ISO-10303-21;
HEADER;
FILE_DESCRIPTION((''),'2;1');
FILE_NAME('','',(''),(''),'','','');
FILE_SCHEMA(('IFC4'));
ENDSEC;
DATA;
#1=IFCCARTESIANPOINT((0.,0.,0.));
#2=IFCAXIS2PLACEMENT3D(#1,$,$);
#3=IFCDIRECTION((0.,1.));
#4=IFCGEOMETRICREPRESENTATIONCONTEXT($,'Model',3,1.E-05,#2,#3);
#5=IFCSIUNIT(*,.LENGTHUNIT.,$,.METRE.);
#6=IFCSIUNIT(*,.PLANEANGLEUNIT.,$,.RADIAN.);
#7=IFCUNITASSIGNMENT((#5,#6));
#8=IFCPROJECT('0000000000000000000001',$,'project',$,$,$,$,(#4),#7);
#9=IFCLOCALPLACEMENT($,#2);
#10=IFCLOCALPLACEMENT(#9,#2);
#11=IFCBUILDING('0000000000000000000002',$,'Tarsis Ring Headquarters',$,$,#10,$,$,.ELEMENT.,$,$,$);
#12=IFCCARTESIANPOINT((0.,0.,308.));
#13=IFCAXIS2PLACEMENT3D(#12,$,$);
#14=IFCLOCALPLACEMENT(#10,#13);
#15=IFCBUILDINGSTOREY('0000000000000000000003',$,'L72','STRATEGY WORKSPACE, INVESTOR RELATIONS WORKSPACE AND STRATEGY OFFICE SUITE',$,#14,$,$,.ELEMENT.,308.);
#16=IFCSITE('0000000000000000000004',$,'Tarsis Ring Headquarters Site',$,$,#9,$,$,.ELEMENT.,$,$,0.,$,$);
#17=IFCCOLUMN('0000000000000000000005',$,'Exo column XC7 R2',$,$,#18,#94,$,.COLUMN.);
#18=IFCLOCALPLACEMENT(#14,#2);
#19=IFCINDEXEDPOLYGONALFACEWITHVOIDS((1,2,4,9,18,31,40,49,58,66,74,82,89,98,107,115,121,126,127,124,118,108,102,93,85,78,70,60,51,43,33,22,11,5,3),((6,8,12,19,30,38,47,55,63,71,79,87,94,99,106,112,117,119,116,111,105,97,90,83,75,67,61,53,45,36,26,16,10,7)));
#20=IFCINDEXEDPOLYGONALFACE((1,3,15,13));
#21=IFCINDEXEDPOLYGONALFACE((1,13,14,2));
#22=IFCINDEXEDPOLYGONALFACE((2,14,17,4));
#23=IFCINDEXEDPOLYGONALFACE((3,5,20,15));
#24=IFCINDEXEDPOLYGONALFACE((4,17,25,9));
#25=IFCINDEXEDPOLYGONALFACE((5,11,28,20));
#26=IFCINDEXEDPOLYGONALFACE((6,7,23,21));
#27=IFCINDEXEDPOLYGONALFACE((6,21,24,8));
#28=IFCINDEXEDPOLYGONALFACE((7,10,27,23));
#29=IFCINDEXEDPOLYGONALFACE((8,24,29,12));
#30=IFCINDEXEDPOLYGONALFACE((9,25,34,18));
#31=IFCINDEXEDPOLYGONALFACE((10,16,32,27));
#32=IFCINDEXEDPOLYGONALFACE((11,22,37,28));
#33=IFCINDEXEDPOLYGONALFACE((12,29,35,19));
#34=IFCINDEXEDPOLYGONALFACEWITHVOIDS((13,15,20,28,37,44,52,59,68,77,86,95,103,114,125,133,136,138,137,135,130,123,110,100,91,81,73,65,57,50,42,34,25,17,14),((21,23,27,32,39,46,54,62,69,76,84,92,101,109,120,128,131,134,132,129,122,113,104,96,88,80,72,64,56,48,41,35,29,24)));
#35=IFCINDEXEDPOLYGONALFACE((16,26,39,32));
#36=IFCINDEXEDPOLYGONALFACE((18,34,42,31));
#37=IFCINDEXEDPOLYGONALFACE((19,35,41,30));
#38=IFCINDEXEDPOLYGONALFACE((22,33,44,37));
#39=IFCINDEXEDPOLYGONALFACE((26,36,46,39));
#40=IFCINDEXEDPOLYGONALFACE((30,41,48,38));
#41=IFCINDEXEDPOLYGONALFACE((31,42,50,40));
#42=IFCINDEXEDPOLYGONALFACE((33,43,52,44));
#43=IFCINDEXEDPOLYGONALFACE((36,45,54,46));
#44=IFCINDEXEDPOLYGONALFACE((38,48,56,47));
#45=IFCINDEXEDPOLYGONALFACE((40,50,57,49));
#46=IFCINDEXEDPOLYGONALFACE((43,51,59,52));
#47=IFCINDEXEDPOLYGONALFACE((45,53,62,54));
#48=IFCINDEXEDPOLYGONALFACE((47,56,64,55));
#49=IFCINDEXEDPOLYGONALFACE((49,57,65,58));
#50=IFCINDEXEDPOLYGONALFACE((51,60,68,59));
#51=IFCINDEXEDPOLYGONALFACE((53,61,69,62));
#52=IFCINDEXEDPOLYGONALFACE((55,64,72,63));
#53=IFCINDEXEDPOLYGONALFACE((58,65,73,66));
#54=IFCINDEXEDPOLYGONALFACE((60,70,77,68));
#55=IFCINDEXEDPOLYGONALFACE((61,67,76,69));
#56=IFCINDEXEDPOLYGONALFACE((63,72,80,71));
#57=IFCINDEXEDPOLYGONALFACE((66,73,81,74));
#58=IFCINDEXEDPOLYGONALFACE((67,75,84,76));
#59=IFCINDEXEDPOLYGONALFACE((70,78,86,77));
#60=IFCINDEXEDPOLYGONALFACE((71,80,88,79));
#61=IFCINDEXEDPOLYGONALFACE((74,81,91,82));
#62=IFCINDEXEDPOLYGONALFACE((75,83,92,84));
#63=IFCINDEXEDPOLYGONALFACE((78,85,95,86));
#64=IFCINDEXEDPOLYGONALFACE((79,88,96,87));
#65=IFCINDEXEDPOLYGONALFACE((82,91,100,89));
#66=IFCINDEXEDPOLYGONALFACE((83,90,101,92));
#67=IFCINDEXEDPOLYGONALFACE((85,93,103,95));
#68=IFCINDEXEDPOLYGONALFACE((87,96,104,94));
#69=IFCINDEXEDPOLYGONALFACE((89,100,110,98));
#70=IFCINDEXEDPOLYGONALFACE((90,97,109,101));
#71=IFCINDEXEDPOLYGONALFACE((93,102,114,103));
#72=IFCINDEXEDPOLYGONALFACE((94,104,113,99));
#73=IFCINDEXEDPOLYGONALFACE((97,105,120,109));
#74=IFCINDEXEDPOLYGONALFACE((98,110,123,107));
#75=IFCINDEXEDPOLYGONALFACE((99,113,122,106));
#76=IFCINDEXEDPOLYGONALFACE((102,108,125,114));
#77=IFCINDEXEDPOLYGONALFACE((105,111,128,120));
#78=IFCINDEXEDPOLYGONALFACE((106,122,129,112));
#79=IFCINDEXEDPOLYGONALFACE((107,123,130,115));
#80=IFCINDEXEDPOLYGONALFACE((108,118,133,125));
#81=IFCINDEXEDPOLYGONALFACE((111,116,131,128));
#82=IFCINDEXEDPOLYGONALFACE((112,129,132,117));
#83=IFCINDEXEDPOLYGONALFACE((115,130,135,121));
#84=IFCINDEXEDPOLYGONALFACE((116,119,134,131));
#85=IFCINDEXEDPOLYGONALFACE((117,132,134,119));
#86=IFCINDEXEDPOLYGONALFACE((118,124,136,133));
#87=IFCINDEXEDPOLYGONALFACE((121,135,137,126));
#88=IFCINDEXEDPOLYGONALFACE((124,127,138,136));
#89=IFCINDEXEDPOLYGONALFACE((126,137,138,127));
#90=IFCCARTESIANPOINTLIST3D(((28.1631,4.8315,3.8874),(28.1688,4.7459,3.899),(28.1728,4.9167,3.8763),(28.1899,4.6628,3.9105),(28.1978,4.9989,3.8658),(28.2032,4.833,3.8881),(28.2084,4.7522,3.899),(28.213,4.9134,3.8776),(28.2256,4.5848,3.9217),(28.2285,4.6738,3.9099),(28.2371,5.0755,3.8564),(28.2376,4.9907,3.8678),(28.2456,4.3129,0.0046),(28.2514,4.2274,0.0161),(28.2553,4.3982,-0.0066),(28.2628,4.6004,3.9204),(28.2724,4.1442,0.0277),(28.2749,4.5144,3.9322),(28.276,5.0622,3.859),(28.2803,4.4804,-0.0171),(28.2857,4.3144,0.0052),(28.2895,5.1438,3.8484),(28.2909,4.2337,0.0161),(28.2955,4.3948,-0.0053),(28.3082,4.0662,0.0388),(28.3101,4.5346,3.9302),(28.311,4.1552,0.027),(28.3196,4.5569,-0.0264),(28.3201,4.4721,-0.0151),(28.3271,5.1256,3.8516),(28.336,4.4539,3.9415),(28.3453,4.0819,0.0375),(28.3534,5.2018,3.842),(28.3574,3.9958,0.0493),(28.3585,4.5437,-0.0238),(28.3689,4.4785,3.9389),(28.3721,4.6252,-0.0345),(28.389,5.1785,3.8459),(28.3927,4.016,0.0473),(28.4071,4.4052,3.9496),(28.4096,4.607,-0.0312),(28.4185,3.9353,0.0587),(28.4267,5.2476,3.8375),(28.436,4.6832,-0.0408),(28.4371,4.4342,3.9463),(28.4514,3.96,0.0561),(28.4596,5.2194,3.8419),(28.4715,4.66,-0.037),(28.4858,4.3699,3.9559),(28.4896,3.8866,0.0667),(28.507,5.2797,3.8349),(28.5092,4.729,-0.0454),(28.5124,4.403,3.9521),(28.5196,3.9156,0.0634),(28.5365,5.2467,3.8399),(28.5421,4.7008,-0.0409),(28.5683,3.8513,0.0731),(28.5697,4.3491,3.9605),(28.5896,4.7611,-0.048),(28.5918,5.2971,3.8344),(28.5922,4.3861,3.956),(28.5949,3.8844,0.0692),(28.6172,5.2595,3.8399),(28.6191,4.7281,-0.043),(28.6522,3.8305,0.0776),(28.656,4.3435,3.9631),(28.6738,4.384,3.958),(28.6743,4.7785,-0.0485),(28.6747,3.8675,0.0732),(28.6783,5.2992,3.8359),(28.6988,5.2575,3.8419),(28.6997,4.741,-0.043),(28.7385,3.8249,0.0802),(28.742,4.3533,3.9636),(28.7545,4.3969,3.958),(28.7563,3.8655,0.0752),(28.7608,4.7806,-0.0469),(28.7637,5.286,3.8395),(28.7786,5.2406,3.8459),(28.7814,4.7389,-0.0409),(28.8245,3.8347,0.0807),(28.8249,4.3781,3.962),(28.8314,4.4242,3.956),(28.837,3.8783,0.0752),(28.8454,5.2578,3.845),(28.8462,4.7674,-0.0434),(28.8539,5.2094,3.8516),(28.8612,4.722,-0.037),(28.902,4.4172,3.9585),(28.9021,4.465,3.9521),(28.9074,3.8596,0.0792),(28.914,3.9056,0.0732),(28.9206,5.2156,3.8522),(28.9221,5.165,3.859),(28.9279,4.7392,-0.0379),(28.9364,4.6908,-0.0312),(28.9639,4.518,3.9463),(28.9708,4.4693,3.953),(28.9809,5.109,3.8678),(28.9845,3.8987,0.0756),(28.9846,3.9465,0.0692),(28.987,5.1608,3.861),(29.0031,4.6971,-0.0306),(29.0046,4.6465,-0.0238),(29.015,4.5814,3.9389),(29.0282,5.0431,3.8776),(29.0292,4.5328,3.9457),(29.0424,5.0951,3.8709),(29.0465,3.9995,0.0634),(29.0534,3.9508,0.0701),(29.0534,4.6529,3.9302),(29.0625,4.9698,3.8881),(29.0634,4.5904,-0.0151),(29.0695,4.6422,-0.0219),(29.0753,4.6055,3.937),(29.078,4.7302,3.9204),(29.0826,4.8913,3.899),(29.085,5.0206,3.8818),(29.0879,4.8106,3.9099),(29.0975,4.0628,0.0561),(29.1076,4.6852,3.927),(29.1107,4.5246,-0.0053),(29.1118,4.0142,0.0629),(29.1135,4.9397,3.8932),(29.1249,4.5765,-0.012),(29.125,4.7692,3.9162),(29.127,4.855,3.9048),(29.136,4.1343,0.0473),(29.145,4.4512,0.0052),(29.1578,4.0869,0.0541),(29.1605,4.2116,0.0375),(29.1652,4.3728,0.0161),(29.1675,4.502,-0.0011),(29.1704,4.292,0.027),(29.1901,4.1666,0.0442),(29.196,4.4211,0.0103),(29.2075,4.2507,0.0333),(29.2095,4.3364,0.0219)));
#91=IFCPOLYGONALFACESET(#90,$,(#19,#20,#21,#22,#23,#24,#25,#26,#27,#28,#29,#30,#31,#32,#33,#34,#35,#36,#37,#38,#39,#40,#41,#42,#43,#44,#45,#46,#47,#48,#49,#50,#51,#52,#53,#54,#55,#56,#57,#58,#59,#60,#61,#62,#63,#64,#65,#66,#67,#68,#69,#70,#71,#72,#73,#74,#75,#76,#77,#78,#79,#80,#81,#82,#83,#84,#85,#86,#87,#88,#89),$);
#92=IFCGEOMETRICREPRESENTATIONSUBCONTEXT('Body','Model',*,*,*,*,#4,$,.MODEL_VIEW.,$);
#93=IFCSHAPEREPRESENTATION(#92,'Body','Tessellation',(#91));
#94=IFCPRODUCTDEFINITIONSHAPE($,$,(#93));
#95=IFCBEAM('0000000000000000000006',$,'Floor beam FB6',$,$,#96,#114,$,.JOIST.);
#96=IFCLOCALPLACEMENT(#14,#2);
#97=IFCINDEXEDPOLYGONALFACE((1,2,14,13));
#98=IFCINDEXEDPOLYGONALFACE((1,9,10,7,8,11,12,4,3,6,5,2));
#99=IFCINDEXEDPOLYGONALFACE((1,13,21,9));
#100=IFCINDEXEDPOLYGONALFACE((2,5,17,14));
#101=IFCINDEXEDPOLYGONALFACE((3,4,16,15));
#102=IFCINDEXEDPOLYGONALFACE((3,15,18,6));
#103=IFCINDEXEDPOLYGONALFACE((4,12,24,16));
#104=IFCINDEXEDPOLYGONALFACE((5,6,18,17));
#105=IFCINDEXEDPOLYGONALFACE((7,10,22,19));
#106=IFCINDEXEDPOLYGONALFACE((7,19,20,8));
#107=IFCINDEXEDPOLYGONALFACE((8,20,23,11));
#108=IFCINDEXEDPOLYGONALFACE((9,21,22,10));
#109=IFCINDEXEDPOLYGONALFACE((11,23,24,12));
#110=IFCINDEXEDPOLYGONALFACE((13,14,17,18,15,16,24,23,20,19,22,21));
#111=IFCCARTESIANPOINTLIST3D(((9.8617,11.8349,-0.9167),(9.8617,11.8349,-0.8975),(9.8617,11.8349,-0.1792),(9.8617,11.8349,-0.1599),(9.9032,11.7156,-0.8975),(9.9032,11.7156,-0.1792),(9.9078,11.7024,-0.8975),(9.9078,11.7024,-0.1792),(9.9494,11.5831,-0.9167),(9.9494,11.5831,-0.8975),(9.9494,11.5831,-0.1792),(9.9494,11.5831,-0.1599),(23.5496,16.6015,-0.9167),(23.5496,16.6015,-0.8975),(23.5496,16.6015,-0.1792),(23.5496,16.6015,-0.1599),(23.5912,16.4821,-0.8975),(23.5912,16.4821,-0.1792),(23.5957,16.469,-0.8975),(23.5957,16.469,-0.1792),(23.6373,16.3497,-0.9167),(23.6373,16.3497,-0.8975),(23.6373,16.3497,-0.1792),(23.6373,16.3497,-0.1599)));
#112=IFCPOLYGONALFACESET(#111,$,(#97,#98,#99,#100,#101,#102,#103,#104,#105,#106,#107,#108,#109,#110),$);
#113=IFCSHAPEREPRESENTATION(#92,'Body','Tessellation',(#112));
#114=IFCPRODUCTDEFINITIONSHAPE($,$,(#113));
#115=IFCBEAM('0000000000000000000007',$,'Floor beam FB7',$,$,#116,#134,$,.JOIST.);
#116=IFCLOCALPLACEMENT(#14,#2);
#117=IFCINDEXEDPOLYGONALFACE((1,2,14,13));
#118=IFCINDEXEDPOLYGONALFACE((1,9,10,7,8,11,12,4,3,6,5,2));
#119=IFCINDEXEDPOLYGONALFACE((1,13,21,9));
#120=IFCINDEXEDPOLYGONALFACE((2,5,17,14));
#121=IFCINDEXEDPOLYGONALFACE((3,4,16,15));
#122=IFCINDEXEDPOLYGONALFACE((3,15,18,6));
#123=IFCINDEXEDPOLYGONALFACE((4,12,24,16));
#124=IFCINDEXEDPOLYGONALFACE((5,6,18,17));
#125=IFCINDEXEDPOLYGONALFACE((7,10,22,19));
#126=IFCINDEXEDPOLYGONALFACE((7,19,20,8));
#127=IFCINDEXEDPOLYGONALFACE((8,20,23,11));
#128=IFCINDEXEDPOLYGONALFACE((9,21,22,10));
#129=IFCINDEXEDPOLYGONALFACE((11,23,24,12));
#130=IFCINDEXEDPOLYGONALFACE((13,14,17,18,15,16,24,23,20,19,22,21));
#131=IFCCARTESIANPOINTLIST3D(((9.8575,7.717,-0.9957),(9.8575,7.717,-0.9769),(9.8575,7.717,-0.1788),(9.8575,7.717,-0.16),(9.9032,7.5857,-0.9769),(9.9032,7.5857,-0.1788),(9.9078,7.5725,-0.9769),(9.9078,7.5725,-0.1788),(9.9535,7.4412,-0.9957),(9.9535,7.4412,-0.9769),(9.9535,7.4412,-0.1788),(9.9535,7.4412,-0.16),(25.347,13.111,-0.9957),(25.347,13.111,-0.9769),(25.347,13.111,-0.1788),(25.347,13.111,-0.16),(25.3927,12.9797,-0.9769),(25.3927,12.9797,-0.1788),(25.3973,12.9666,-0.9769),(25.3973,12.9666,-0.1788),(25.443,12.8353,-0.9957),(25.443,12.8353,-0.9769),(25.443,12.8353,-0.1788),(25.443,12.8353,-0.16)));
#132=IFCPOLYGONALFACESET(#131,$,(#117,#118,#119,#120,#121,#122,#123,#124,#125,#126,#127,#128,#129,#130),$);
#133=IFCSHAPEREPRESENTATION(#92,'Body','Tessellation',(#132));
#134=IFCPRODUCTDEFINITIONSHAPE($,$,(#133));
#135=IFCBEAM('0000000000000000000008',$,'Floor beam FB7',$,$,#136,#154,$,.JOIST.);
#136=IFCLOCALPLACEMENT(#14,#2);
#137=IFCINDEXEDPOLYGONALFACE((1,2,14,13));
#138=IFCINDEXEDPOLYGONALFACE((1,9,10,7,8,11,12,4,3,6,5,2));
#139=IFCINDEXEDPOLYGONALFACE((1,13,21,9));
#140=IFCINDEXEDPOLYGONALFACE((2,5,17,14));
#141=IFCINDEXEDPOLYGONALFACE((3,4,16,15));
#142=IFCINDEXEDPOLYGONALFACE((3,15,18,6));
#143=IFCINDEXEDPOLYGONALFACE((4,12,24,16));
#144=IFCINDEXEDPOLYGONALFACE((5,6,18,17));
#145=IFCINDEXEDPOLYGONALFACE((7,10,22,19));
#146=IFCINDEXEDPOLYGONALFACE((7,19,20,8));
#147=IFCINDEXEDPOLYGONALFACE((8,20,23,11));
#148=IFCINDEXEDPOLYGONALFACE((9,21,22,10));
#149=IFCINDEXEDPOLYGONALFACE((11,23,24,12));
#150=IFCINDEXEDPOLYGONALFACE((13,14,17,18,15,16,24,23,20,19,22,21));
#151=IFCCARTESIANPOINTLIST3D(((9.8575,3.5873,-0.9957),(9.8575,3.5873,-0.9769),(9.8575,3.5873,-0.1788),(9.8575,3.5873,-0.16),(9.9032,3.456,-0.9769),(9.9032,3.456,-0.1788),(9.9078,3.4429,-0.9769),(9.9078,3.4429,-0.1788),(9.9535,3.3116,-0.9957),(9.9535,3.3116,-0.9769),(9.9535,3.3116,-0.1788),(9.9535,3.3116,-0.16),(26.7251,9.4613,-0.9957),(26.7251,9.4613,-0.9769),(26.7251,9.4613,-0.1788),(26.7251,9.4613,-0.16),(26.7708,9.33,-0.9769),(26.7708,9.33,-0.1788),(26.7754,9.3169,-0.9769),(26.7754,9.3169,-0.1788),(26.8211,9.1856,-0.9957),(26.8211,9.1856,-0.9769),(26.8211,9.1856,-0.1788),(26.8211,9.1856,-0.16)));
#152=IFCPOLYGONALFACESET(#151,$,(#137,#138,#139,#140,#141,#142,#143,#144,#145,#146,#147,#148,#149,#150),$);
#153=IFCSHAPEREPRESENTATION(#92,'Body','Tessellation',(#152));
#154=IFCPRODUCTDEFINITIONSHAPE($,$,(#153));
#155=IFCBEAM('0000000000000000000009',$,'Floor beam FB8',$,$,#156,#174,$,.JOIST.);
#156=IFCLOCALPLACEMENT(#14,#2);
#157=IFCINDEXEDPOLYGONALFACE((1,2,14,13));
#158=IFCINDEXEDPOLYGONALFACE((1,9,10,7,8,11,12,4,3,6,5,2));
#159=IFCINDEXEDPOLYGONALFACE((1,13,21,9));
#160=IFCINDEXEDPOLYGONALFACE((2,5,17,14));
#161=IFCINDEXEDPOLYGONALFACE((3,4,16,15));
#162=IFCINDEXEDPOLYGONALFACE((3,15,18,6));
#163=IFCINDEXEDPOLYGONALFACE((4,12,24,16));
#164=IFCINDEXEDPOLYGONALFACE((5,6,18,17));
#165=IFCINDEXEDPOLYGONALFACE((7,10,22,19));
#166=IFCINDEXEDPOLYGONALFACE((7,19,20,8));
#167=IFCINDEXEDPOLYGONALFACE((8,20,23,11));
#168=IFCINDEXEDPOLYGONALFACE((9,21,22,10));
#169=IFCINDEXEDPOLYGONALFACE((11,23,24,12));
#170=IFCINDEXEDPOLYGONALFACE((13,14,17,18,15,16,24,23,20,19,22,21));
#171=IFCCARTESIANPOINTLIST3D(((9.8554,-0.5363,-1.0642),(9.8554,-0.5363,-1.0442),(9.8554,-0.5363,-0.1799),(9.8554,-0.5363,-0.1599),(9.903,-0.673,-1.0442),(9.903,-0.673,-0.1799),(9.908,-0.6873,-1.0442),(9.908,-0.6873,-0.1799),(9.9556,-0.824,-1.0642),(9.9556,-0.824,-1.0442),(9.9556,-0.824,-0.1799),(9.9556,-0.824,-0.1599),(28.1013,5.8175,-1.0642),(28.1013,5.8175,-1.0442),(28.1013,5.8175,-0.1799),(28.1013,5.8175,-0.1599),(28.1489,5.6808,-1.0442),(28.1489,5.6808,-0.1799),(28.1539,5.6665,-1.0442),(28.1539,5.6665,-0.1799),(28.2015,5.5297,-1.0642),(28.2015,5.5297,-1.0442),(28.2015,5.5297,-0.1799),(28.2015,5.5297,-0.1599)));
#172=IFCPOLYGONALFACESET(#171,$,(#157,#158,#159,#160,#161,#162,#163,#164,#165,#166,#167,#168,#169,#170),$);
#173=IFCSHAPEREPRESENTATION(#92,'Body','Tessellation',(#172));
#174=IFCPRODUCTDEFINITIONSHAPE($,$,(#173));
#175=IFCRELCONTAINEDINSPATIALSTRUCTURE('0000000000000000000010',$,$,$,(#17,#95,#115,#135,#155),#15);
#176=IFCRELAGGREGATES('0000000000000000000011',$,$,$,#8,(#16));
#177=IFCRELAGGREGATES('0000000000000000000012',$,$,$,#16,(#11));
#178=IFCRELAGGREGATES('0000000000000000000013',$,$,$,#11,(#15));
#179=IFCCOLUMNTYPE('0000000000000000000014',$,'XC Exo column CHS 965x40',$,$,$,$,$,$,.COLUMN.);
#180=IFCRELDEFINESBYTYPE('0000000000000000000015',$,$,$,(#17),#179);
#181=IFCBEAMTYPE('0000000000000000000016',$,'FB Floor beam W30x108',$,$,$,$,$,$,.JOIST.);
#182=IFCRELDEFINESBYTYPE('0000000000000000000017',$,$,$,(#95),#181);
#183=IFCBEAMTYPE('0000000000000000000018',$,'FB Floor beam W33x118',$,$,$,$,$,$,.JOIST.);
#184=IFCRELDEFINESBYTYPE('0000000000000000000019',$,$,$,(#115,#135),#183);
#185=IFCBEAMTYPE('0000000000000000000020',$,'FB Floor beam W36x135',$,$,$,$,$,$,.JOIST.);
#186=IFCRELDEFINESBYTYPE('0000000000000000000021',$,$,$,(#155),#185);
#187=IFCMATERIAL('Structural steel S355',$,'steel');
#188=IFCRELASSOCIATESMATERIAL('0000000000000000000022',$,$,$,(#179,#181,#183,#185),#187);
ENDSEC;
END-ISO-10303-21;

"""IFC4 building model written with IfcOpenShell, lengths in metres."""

from ifc_helpers import new_model, si_unit, direction, frame, origin, origin_2d, place, context, subcontext, project, spatial, hollow_circle, i_section, extrude, material, material_profile, profile_set, type_object, element, save


model = new_model("IFC4")

# Units and contexts
model_context = context("Model", 3, precision=1e-05, world=origin(), true_north=direction((0.0, 1.0)))
body_context = subcontext(model_context, "Body", "Model", "MODEL_VIEW")
ifc_project = project(units=[si_unit("LENGTHUNIT", "METRE"), si_unit("PLANEANGLEUNIT", "RADIAN")], contexts=[model_context])

# Site, building, storey
site_placement = place(None, origin())
site = spatial("IfcSite", under=ifc_project, at=site_placement, Name="Tarsis Ring Headquarters Site", CompositionType="ELEMENT", RefElevation=0.0)
building_placement = place(site_placement, origin())
building = spatial("IfcBuilding", under=site, at=building_placement, Name="Tarsis Ring Headquarters", CompositionType="ELEMENT")
storey_placement = place(building_placement, frame((0.0, 0.0, 308.0)))
storey = spatial("IfcBuildingStorey", under=building, at=storey_placement, Name="L72", Description="STRATEGY WORKSPACE, INVESTOR RELATIONS WORKSPACE AND STRATEGY OFFICE SUITE", CompositionType="ELEMENT", Elevation=308.0)

# Column
ifc_material_1 = material(Name="Structural steel S355", Category="steel")
ifc_material_profile_1 = material_profile(ifc_material_1, hollow_circle(Radius=0.4827, WallThickness=0.04, at=origin_2d()), Name="CHS 965x40")
ifc_profile_set_1 = profile_set([ifc_material_profile_1], Name="Structural steel S355")
column_type = type_object("IfcColumnType", Name="XC Exo column CHS 965x40", PredefinedType="COLUMN", material=ifc_profile_set_1)
column_placement = place(storey_placement, frame((28.728, 4.3032, 0.0161), z_axis=(-0.021061, 0.132347, 0.99098), x_axis=(-0.987574, -0.157156, 0.0)))
element("IfcColumn", 1, at=column_placement, inside=storey, type_object=column_type, Name="Exo column XC7 R2", PredefinedType="COLUMN", context=body_context, shape_type="SweptSolid", body=[
    extrude(hollow_circle(Radius=0.4827, WallThickness=0.04, at=origin_2d()), origin(), (0.0, 0.0, 1.0), 3.9182),
])

# Beams
ifc_material_profile_2 = material_profile(ifc_material_1, i_section(OverallWidth=0.2666, OverallDepth=0.7568, WebThickness=0.0139, FlangeThickness=0.0193, at=origin_2d()), Name="W30x108")
ifc_profile_set_2 = profile_set([ifc_material_profile_2], Name="Structural steel S355")
beam_type_1 = type_object("IfcBeamType", Name="FB Floor beam W30x108", PredefinedType="JOIST", material=ifc_profile_set_2)
beam_1_placement = place(storey_placement, frame((9.9055, 11.709, -0.5383), z_axis=(0.944378, 0.328863, 0.0), x_axis=(-0.328863, 0.944378, 0.0)))
element("IfcBeam", 2, at=beam_1_placement, inside=storey, type_object=beam_type_1, Name="Floor beam FB6", PredefinedType="JOIST", context=body_context, shape_type="SweptSolid", body=[
    extrude(i_section(OverallWidth=0.2666, OverallDepth=0.7568, WebThickness=0.0139, FlangeThickness=0.0193, at=origin_2d()), origin(), (0.0, 0.0, 1.0), 14.4941),
])
ifc_material_profile_3 = material_profile(ifc_material_1, i_section(OverallWidth=0.292, OverallDepth=0.8357, WebThickness=0.0139, FlangeThickness=0.0188, at=origin_2d()), Name="W33x118")
ifc_profile_set_3 = profile_set([ifc_material_profile_3], Name="Structural steel S355")
beam_type_2 = type_object("IfcBeamType", Name="FB Floor beam W33x118", PredefinedType="JOIST", material=ifc_profile_set_3)
beam_2_placement = place(storey_placement, frame((9.9055, 7.5791, -0.5779), z_axis=(0.944376, 0.328868, 0.0), x_axis=(-0.328868, 0.944376, 0.0)))
element("IfcBeam", 3, at=beam_2_placement, inside=storey, type_object=beam_type_2, Name="Floor beam FB7", PredefinedType="JOIST", context=body_context, shape_type="SweptSolid", body=[
    extrude(i_section(OverallWidth=0.292, OverallDepth=0.8357, WebThickness=0.0139, FlangeThickness=0.0188, at=origin_2d()), origin(), (0.0, 0.0, 1.0), 16.4019),
])
beam_3_placement = place(storey_placement, frame((9.9055, 3.4495, -0.5779), z_axis=(0.944375, 0.328871, 0.0), x_axis=(-0.328871, 0.944375, 0.0)))
element("IfcBeam", 4, at=beam_3_placement, inside=storey, type_object=beam_type_2, Name="Floor beam FB7", PredefinedType="JOIST", context=body_context, shape_type="SweptSolid", body=[
    extrude(i_section(OverallWidth=0.292, OverallDepth=0.8357, WebThickness=0.0139, FlangeThickness=0.0188, at=origin_2d()), origin(), (0.0, 0.0, 1.0), 17.8611),
])
ifc_material_profile_4 = material_profile(ifc_material_1, i_section(OverallWidth=0.3047, OverallDepth=0.9043, WebThickness=0.0151, FlangeThickness=0.02, at=origin_2d()), Name="W36x135")
ifc_profile_set_4 = profile_set([ifc_material_profile_4], Name="Structural steel S355")
beam_type_3 = type_object("IfcBeamType", Name="FB Floor beam W36x135", PredefinedType="JOIST", material=ifc_profile_set_4)
beam_4_placement = place(storey_placement, frame((9.9055, -0.6802, -0.6121), z_axis=(0.944378, 0.328861, 0.0), x_axis=(-0.328861, 0.944378, 0.0)))
element("IfcBeam", 5, at=beam_4_placement, inside=storey, type_object=beam_type_3, Name="Floor beam FB8", PredefinedType="JOIST", context=body_context, shape_type="SweptSolid", body=[
    extrude(i_section(OverallWidth=0.3047, OverallDepth=0.9043, WebThickness=0.0151, FlangeThickness=0.02, at=origin_2d()), origin(), (0.0, 0.0, 1.0), 19.3206),
])

save(model, "model.ifc")
